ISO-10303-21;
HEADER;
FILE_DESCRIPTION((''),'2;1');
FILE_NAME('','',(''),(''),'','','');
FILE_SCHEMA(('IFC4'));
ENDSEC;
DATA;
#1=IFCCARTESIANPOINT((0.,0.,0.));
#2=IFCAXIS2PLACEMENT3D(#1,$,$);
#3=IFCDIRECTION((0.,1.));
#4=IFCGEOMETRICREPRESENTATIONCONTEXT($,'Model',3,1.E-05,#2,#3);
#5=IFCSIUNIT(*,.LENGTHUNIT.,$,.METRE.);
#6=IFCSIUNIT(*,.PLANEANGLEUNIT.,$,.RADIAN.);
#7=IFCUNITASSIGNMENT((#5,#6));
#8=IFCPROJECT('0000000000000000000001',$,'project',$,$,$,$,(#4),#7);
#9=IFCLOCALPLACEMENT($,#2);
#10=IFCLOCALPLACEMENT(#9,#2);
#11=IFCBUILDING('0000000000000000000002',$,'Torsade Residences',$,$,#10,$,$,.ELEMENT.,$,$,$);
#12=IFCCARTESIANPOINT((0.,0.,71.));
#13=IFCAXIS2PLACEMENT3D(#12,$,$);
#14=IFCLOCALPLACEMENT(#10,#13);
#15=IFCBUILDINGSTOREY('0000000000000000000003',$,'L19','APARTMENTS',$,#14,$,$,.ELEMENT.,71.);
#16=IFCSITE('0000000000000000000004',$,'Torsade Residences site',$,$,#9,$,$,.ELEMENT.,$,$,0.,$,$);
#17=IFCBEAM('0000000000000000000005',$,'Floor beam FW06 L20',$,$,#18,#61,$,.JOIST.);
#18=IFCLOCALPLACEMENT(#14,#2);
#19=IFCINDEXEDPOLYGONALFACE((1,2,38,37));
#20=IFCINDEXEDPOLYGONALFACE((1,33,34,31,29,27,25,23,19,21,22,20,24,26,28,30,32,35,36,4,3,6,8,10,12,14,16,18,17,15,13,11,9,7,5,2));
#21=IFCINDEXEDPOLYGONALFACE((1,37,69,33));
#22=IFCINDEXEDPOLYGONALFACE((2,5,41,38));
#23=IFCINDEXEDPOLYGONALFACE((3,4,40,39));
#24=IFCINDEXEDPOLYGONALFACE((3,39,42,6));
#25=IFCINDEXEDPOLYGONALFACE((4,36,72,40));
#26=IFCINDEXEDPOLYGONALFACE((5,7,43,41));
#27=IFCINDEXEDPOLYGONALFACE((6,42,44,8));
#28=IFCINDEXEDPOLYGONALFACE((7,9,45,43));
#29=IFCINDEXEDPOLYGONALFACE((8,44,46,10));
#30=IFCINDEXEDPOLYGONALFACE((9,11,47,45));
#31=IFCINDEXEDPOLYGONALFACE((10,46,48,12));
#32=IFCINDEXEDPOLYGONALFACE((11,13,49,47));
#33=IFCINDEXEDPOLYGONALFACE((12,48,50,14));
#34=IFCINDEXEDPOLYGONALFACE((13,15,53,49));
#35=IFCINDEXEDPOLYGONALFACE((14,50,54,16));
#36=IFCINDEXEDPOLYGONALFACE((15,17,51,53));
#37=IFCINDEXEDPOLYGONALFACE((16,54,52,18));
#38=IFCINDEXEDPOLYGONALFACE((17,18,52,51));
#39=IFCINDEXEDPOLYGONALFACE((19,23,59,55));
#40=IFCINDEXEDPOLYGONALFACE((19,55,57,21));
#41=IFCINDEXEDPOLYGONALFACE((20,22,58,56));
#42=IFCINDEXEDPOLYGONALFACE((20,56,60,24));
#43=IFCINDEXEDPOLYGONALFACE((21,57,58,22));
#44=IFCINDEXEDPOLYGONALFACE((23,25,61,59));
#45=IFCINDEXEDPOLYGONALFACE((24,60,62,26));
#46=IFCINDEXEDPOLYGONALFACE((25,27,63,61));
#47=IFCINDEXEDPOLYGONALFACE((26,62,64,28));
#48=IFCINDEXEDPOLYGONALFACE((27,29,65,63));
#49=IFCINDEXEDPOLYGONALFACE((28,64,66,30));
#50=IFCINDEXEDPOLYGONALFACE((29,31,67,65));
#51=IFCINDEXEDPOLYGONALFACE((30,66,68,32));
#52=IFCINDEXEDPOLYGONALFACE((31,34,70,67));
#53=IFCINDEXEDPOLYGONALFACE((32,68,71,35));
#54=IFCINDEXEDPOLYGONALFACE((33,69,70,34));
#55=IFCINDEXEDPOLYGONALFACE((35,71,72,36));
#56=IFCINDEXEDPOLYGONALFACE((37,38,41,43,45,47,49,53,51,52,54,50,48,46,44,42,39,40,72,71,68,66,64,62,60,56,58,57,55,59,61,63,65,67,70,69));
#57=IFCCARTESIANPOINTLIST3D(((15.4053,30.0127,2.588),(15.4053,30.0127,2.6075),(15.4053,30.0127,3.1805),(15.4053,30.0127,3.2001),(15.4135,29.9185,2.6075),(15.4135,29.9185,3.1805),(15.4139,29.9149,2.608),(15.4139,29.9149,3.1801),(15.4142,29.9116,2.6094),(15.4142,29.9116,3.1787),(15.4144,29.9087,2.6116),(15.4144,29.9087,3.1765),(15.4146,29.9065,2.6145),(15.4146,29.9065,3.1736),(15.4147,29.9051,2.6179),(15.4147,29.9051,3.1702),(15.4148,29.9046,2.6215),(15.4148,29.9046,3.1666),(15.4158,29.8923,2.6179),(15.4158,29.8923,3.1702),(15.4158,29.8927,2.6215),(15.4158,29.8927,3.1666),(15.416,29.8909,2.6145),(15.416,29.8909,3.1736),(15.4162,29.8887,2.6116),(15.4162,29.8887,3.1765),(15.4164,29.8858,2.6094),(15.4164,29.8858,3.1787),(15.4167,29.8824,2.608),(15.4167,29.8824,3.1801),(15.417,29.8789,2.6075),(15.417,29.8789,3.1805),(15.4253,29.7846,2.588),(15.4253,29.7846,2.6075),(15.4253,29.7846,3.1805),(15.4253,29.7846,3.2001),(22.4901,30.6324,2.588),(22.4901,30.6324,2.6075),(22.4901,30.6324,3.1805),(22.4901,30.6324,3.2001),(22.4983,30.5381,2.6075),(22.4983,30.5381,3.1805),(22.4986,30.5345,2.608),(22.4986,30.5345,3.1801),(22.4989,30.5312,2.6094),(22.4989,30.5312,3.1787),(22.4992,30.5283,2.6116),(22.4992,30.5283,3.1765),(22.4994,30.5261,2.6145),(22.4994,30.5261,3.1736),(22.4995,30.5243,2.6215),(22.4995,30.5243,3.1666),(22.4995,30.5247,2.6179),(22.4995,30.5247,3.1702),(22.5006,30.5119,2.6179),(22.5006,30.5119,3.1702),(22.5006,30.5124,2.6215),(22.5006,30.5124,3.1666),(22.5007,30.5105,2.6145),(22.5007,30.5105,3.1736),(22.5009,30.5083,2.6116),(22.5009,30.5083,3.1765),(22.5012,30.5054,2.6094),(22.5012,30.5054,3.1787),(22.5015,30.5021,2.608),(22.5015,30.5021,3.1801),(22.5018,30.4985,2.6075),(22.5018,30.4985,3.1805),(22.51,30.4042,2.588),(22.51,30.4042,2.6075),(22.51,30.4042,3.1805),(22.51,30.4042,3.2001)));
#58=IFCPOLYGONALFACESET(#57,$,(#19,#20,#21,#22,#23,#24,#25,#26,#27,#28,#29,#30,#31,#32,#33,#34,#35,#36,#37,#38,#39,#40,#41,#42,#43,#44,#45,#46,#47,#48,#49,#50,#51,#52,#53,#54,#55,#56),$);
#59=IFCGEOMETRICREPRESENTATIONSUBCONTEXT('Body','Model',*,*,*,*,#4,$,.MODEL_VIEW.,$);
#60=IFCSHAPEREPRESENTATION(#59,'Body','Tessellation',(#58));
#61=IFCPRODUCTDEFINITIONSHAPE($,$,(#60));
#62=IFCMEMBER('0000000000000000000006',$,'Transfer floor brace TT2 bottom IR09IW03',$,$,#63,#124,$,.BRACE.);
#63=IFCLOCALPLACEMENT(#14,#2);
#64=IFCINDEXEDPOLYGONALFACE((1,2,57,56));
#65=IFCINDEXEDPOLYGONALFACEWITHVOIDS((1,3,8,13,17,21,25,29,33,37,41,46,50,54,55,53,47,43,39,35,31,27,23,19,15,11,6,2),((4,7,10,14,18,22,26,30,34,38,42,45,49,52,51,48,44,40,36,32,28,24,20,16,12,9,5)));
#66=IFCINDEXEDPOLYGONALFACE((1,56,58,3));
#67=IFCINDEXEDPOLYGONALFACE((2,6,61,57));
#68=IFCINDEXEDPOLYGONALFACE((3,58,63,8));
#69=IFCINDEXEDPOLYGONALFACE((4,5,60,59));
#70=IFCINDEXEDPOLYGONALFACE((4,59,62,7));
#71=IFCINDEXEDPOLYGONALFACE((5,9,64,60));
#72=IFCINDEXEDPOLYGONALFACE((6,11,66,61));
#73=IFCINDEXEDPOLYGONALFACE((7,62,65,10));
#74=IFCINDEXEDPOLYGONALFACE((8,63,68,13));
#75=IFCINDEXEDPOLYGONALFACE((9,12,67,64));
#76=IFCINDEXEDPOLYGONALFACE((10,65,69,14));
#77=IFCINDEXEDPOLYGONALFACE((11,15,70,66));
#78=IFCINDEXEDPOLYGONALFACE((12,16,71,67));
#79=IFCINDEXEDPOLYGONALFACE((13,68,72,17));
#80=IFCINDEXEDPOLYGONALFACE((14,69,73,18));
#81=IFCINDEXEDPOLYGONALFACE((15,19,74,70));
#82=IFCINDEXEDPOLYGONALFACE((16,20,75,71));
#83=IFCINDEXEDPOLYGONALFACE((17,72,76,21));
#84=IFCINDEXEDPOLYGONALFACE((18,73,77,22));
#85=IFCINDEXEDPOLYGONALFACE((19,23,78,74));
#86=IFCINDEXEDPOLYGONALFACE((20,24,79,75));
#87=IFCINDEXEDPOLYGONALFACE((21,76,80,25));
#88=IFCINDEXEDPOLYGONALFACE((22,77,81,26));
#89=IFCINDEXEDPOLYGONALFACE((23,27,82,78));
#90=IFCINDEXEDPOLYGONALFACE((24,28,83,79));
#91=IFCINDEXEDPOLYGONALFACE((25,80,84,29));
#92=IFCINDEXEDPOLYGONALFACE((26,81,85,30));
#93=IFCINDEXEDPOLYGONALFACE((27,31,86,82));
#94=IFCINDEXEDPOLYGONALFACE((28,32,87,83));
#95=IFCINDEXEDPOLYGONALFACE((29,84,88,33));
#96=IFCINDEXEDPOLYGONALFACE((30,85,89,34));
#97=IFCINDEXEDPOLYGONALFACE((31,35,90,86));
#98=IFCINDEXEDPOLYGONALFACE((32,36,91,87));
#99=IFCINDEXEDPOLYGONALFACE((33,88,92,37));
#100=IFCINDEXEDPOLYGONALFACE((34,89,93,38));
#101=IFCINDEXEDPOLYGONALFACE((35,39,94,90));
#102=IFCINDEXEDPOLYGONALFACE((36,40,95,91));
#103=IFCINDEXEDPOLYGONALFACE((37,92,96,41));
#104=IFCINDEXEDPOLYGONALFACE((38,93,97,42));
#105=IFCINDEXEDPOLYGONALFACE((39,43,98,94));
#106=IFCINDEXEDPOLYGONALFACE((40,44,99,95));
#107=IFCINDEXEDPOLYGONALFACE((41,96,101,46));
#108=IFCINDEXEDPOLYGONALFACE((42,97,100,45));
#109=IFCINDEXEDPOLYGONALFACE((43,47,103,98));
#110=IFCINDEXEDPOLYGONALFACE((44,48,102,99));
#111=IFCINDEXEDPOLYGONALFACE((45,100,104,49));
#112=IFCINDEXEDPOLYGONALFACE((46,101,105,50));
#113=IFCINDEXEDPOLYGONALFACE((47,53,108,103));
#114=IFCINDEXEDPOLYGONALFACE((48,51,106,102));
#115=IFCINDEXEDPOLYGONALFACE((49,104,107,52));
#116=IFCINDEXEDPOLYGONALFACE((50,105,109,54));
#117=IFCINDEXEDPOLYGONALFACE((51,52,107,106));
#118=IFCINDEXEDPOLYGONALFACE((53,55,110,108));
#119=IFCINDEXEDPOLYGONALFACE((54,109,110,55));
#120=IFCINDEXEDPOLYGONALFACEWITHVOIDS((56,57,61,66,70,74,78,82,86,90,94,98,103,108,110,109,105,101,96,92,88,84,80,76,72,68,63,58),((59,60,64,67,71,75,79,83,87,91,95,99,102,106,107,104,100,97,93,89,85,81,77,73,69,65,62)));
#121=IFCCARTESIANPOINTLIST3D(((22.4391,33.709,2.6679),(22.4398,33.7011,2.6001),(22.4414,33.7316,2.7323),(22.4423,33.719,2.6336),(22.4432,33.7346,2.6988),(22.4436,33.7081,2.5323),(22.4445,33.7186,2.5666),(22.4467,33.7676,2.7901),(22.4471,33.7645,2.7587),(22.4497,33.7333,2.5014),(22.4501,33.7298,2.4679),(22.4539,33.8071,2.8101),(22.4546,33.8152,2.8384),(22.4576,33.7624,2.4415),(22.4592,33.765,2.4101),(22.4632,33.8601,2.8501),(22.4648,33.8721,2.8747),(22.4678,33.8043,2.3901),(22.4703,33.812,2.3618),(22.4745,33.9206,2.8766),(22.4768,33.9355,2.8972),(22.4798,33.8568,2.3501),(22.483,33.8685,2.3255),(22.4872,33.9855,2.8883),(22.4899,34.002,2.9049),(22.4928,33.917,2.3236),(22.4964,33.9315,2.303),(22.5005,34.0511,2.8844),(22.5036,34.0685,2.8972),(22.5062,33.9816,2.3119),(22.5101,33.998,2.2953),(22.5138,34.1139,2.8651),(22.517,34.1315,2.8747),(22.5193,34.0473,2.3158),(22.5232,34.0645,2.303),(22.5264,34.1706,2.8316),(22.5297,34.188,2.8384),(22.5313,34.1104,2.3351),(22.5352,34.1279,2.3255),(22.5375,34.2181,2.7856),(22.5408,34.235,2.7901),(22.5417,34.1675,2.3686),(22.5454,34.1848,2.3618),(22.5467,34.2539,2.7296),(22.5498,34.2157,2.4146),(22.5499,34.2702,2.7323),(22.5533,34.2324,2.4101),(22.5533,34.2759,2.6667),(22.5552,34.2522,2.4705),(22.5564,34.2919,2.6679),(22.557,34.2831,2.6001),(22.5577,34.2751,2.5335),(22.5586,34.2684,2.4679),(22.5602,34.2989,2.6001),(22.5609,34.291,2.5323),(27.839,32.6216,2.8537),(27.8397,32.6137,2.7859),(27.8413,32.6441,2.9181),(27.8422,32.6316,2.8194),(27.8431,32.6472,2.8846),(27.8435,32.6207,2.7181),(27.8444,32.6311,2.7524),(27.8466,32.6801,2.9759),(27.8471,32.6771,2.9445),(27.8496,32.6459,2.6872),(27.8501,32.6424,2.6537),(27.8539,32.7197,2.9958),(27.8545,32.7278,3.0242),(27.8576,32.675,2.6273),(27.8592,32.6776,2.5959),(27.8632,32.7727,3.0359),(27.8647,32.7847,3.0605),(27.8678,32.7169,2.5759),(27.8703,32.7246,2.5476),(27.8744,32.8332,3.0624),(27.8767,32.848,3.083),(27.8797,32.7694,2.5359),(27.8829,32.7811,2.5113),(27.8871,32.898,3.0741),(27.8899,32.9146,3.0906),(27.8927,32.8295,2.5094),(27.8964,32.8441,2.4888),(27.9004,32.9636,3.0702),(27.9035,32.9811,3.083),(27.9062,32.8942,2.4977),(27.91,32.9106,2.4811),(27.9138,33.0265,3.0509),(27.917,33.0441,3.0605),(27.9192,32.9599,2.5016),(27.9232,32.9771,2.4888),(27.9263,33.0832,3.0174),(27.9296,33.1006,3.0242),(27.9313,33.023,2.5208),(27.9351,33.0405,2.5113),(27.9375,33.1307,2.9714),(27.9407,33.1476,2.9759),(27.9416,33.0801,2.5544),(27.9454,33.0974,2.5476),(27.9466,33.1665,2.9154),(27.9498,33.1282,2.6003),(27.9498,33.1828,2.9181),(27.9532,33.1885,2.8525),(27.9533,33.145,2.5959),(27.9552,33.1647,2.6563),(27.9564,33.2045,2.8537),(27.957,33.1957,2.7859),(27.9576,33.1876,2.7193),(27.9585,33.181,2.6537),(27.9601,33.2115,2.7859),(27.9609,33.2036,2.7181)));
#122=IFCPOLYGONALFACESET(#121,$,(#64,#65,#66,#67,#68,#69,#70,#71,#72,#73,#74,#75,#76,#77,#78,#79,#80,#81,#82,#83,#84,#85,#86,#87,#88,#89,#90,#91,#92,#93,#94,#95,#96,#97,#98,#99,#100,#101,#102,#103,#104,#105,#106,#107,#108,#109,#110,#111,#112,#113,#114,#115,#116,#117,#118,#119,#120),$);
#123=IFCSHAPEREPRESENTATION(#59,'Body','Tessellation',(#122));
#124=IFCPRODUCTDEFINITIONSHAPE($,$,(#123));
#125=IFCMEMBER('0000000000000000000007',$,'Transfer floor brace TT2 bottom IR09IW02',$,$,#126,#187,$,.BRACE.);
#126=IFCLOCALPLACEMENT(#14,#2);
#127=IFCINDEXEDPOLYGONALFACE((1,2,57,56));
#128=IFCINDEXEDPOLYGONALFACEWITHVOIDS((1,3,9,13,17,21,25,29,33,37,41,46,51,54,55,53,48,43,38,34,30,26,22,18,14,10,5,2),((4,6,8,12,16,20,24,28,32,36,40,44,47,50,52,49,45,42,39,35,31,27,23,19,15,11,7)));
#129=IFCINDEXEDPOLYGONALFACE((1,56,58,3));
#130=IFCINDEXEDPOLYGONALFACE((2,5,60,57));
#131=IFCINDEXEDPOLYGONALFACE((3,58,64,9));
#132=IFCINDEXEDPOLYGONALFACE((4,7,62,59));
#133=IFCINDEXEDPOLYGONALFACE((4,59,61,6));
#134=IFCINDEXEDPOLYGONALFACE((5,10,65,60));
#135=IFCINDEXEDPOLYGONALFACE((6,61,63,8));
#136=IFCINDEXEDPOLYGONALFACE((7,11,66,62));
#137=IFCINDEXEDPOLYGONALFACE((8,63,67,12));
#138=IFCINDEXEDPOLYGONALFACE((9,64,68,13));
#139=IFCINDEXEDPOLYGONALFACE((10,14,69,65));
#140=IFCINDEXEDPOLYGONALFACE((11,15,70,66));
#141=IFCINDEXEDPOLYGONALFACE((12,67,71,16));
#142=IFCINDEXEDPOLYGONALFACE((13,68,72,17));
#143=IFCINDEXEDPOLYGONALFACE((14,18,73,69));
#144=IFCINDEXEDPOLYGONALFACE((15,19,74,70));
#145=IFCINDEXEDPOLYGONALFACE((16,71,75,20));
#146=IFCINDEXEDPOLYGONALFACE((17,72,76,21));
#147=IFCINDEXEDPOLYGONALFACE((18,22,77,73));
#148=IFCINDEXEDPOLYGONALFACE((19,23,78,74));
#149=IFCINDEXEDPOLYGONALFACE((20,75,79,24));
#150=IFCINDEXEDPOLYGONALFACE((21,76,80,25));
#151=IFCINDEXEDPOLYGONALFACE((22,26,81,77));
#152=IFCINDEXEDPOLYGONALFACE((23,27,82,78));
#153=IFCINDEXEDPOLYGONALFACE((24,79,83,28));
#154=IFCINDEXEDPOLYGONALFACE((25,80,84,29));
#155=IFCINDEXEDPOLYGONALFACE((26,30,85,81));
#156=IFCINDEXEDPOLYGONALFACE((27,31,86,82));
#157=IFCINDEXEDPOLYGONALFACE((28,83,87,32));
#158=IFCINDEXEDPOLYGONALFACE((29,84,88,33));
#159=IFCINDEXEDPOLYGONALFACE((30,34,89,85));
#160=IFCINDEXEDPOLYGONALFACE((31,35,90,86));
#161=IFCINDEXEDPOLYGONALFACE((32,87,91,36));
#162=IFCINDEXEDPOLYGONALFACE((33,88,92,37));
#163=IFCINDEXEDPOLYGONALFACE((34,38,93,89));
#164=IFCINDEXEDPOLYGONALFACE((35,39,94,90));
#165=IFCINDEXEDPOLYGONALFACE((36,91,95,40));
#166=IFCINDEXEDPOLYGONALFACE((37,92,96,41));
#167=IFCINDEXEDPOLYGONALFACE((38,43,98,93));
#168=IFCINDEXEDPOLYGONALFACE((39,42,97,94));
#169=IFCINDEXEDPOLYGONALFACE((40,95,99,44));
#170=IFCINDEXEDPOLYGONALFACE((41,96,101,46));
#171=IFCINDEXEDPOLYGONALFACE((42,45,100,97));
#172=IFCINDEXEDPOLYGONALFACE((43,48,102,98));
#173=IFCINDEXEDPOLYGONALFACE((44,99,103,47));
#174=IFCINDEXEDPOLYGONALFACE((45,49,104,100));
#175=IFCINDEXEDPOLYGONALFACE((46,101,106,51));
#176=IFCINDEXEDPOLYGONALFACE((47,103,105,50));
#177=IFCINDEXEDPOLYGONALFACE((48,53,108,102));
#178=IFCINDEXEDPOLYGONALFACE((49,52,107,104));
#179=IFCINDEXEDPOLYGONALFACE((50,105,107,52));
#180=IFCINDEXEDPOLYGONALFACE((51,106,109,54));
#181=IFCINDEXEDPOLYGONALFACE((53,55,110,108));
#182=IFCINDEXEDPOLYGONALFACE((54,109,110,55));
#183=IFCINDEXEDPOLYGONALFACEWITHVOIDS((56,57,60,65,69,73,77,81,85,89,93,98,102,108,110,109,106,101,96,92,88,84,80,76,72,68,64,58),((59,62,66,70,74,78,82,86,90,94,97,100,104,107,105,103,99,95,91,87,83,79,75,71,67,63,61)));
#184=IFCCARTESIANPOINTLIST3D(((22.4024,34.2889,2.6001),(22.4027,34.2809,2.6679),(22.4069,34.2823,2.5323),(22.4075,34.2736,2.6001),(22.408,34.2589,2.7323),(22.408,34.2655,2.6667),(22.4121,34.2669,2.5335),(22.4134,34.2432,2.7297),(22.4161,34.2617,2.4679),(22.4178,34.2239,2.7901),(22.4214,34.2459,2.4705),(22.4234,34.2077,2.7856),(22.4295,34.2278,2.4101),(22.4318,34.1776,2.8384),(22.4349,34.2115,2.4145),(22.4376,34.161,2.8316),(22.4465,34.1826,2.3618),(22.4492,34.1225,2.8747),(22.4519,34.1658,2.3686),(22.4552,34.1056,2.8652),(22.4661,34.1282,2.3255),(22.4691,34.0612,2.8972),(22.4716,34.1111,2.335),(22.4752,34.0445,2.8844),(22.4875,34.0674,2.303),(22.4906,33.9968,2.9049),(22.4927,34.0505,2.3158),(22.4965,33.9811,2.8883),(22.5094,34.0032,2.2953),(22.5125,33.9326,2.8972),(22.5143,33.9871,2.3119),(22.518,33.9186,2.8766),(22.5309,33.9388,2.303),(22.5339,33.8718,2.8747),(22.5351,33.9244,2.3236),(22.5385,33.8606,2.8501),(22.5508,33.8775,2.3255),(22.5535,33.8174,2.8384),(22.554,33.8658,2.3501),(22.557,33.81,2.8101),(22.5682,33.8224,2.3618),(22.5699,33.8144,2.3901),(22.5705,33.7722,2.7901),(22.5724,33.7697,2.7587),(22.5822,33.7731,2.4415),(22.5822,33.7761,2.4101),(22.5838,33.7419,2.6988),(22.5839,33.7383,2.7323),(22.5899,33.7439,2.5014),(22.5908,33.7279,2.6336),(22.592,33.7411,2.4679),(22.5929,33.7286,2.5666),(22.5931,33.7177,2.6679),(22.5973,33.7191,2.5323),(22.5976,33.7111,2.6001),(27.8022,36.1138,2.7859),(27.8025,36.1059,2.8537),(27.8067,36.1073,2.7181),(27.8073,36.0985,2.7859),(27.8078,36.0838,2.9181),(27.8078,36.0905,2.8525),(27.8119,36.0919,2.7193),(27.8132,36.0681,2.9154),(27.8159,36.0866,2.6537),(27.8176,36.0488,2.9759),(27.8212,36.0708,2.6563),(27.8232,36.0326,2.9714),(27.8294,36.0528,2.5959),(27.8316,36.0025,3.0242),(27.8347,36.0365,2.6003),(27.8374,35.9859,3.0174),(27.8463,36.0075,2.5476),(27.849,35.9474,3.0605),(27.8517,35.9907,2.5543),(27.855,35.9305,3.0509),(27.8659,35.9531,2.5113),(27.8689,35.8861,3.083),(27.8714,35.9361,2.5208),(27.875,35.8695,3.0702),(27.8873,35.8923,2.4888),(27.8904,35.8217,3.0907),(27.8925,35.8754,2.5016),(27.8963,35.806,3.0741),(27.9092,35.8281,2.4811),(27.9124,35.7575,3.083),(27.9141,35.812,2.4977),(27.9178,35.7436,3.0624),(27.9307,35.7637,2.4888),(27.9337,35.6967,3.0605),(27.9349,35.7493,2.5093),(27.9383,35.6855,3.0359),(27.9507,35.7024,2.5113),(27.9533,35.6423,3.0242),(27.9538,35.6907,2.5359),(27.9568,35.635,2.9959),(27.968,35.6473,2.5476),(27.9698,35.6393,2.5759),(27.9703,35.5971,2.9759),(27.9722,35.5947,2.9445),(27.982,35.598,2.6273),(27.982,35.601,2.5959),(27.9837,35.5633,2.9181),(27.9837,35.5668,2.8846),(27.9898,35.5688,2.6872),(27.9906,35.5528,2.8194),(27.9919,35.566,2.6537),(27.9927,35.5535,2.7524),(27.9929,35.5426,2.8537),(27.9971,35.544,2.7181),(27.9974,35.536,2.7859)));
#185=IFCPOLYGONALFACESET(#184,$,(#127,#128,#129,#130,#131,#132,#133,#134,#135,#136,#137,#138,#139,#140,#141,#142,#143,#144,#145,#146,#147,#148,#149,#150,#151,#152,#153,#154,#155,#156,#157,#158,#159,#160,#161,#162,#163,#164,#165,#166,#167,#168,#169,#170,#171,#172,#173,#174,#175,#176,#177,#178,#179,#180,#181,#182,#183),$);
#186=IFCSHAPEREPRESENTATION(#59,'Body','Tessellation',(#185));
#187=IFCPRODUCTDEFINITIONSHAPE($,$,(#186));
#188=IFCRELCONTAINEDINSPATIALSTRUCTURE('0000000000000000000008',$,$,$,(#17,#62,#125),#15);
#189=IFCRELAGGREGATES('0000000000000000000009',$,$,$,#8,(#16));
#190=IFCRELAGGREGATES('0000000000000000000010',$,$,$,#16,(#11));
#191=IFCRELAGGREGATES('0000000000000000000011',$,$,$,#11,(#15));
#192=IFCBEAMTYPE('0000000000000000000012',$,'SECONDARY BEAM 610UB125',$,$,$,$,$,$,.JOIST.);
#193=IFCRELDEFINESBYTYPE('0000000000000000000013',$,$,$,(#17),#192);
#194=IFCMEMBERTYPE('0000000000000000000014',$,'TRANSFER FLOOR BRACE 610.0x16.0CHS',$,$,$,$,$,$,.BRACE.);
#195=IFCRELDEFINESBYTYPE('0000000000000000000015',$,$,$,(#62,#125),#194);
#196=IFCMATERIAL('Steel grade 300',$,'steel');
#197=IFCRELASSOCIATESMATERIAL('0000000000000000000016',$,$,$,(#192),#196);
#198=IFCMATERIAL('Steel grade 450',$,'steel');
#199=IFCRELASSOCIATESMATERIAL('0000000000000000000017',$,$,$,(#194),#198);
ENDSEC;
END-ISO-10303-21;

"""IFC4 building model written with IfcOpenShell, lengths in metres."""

from ifc_helpers import new_model, si_unit, direction, frame, origin, origin_2d, place, context, subcontext, project, spatial, hollow_circle, i_section, extrude, material, material_profile, profile_set, type_object, element, save


model = new_model("IFC4")

# Units and contexts
model_context = context("Model", 3, precision=1e-05, world=origin(), true_north=direction((0.0, 1.0)))
body_context = subcontext(model_context, "Body", "Model", "MODEL_VIEW")
ifc_project = project(units=[si_unit("LENGTHUNIT", "METRE"), si_unit("PLANEANGLEUNIT", "RADIAN")], contexts=[model_context])

# Site, building, storey
site_placement = place(None, origin())
site = spatial("IfcSite", under=ifc_project, at=site_placement, Name="Torsade Residences site", CompositionType="ELEMENT", RefElevation=0.0)
building_placement = place(site_placement, origin())
building = spatial("IfcBuilding", under=site, at=building_placement, Name="Torsade Residences", CompositionType="ELEMENT")
storey_placement = place(building_placement, frame((0.0, 0.0, 71.0)))
storey = spatial("IfcBuildingStorey", under=building, at=storey_placement, Name="L19", Description="APARTMENTS", CompositionType="ELEMENT", Elevation=71.0)

# Beam
ifc_material_1 = material(Name="Steel grade 300", Category="steel")
ifc_material_profile_1 = material_profile(ifc_material_1, i_section(OverallWidth=0.229, OverallDepth=0.6121, WebThickness=0.012, FlangeThickness=0.0195, FilletRadius=0.0139, at=origin_2d()), Name="610UB125")
ifc_profile_set_1 = profile_set([ifc_material_profile_1], Name="Steel grade 300")
beam_type_1 = type_object("IfcBeamType", Name="SECONDARY BEAM 610UB125", PredefinedType="JOIST", material=ifc_profile_set_1)
beam_1_placement = place(storey_placement, frame((15.4153, 29.8987, 2.894), z_axis=(0.996197, 0.087127, 0.0), x_axis=(-0.087127, 0.996197, 0.0)))
element("IfcBeam", 1, at=beam_1_placement, inside=storey, type_object=beam_type_1, Name="Floor beam FW06 L20", PredefinedType="JOIST", context=body_context, shape_type="SweptSolid", body=[
    extrude(i_section(OverallWidth=0.229, OverallDepth=0.6121, WebThickness=0.012, FlangeThickness=0.0195, FilletRadius=0.0139, at=origin_2d()), origin(), (0.0, 0.0, 1.0), 7.1118),
])

# Members
ifc_material_2 = material(Name="Steel grade 450", Category="steel")
ifc_material_profile_2 = material_profile(ifc_material_2, hollow_circle(Radius=0.3049, WallThickness=0.0161, at=origin_2d()), Name="610.0x16.0CHS")
ifc_profile_set_2 = profile_set([ifc_material_profile_2], Name="Steel grade 450")
member_type_1 = type_object("IfcMemberType", Name="TRANSFER FLOOR BRACE 610.0x16.0CHS", PredefinedType="BRACE", material=ifc_profile_set_2)
member_1_placement = place(storey_placement, frame((22.5, 34.0, 2.6001), z_axis=(0.979764, -0.197299, 0.03371), x_axis=(0.197412, 0.980321, 0.0)))
element("IfcMember", 2, at=member_1_placement, inside=storey, type_object=member_type_1, Name="Transfer floor brace TT2 bottom IR09IW03", PredefinedType="BRACE", context=body_context, shape_type="SweptSolid", body=[
    extrude(hollow_circle(Radius=0.3049, WallThickness=0.0161, at=origin_2d()), origin(), (0.0, 0.0, 1.0), 5.5115),
])
member_2_placement = place(storey_placement, frame((22.5, 34.0, 2.6001), z_axis=(0.946857, 0.32, 0.032578), x_axis=(-0.32017, 0.94736, 0.0)))
element("IfcMember", 3, at=member_2_placement, inside=storey, type_object=member_type_1, Name="Transfer floor brace TT2 bottom IR09IW02", PredefinedType="BRACE", context=body_context, shape_type="SweptSolid", body=[
    extrude(hollow_circle(Radius=0.3049, WallThickness=0.0161, at=origin_2d()), origin(), (0.0, 0.0, 1.0), 5.7029),
])

save(model, "model.ifc")
